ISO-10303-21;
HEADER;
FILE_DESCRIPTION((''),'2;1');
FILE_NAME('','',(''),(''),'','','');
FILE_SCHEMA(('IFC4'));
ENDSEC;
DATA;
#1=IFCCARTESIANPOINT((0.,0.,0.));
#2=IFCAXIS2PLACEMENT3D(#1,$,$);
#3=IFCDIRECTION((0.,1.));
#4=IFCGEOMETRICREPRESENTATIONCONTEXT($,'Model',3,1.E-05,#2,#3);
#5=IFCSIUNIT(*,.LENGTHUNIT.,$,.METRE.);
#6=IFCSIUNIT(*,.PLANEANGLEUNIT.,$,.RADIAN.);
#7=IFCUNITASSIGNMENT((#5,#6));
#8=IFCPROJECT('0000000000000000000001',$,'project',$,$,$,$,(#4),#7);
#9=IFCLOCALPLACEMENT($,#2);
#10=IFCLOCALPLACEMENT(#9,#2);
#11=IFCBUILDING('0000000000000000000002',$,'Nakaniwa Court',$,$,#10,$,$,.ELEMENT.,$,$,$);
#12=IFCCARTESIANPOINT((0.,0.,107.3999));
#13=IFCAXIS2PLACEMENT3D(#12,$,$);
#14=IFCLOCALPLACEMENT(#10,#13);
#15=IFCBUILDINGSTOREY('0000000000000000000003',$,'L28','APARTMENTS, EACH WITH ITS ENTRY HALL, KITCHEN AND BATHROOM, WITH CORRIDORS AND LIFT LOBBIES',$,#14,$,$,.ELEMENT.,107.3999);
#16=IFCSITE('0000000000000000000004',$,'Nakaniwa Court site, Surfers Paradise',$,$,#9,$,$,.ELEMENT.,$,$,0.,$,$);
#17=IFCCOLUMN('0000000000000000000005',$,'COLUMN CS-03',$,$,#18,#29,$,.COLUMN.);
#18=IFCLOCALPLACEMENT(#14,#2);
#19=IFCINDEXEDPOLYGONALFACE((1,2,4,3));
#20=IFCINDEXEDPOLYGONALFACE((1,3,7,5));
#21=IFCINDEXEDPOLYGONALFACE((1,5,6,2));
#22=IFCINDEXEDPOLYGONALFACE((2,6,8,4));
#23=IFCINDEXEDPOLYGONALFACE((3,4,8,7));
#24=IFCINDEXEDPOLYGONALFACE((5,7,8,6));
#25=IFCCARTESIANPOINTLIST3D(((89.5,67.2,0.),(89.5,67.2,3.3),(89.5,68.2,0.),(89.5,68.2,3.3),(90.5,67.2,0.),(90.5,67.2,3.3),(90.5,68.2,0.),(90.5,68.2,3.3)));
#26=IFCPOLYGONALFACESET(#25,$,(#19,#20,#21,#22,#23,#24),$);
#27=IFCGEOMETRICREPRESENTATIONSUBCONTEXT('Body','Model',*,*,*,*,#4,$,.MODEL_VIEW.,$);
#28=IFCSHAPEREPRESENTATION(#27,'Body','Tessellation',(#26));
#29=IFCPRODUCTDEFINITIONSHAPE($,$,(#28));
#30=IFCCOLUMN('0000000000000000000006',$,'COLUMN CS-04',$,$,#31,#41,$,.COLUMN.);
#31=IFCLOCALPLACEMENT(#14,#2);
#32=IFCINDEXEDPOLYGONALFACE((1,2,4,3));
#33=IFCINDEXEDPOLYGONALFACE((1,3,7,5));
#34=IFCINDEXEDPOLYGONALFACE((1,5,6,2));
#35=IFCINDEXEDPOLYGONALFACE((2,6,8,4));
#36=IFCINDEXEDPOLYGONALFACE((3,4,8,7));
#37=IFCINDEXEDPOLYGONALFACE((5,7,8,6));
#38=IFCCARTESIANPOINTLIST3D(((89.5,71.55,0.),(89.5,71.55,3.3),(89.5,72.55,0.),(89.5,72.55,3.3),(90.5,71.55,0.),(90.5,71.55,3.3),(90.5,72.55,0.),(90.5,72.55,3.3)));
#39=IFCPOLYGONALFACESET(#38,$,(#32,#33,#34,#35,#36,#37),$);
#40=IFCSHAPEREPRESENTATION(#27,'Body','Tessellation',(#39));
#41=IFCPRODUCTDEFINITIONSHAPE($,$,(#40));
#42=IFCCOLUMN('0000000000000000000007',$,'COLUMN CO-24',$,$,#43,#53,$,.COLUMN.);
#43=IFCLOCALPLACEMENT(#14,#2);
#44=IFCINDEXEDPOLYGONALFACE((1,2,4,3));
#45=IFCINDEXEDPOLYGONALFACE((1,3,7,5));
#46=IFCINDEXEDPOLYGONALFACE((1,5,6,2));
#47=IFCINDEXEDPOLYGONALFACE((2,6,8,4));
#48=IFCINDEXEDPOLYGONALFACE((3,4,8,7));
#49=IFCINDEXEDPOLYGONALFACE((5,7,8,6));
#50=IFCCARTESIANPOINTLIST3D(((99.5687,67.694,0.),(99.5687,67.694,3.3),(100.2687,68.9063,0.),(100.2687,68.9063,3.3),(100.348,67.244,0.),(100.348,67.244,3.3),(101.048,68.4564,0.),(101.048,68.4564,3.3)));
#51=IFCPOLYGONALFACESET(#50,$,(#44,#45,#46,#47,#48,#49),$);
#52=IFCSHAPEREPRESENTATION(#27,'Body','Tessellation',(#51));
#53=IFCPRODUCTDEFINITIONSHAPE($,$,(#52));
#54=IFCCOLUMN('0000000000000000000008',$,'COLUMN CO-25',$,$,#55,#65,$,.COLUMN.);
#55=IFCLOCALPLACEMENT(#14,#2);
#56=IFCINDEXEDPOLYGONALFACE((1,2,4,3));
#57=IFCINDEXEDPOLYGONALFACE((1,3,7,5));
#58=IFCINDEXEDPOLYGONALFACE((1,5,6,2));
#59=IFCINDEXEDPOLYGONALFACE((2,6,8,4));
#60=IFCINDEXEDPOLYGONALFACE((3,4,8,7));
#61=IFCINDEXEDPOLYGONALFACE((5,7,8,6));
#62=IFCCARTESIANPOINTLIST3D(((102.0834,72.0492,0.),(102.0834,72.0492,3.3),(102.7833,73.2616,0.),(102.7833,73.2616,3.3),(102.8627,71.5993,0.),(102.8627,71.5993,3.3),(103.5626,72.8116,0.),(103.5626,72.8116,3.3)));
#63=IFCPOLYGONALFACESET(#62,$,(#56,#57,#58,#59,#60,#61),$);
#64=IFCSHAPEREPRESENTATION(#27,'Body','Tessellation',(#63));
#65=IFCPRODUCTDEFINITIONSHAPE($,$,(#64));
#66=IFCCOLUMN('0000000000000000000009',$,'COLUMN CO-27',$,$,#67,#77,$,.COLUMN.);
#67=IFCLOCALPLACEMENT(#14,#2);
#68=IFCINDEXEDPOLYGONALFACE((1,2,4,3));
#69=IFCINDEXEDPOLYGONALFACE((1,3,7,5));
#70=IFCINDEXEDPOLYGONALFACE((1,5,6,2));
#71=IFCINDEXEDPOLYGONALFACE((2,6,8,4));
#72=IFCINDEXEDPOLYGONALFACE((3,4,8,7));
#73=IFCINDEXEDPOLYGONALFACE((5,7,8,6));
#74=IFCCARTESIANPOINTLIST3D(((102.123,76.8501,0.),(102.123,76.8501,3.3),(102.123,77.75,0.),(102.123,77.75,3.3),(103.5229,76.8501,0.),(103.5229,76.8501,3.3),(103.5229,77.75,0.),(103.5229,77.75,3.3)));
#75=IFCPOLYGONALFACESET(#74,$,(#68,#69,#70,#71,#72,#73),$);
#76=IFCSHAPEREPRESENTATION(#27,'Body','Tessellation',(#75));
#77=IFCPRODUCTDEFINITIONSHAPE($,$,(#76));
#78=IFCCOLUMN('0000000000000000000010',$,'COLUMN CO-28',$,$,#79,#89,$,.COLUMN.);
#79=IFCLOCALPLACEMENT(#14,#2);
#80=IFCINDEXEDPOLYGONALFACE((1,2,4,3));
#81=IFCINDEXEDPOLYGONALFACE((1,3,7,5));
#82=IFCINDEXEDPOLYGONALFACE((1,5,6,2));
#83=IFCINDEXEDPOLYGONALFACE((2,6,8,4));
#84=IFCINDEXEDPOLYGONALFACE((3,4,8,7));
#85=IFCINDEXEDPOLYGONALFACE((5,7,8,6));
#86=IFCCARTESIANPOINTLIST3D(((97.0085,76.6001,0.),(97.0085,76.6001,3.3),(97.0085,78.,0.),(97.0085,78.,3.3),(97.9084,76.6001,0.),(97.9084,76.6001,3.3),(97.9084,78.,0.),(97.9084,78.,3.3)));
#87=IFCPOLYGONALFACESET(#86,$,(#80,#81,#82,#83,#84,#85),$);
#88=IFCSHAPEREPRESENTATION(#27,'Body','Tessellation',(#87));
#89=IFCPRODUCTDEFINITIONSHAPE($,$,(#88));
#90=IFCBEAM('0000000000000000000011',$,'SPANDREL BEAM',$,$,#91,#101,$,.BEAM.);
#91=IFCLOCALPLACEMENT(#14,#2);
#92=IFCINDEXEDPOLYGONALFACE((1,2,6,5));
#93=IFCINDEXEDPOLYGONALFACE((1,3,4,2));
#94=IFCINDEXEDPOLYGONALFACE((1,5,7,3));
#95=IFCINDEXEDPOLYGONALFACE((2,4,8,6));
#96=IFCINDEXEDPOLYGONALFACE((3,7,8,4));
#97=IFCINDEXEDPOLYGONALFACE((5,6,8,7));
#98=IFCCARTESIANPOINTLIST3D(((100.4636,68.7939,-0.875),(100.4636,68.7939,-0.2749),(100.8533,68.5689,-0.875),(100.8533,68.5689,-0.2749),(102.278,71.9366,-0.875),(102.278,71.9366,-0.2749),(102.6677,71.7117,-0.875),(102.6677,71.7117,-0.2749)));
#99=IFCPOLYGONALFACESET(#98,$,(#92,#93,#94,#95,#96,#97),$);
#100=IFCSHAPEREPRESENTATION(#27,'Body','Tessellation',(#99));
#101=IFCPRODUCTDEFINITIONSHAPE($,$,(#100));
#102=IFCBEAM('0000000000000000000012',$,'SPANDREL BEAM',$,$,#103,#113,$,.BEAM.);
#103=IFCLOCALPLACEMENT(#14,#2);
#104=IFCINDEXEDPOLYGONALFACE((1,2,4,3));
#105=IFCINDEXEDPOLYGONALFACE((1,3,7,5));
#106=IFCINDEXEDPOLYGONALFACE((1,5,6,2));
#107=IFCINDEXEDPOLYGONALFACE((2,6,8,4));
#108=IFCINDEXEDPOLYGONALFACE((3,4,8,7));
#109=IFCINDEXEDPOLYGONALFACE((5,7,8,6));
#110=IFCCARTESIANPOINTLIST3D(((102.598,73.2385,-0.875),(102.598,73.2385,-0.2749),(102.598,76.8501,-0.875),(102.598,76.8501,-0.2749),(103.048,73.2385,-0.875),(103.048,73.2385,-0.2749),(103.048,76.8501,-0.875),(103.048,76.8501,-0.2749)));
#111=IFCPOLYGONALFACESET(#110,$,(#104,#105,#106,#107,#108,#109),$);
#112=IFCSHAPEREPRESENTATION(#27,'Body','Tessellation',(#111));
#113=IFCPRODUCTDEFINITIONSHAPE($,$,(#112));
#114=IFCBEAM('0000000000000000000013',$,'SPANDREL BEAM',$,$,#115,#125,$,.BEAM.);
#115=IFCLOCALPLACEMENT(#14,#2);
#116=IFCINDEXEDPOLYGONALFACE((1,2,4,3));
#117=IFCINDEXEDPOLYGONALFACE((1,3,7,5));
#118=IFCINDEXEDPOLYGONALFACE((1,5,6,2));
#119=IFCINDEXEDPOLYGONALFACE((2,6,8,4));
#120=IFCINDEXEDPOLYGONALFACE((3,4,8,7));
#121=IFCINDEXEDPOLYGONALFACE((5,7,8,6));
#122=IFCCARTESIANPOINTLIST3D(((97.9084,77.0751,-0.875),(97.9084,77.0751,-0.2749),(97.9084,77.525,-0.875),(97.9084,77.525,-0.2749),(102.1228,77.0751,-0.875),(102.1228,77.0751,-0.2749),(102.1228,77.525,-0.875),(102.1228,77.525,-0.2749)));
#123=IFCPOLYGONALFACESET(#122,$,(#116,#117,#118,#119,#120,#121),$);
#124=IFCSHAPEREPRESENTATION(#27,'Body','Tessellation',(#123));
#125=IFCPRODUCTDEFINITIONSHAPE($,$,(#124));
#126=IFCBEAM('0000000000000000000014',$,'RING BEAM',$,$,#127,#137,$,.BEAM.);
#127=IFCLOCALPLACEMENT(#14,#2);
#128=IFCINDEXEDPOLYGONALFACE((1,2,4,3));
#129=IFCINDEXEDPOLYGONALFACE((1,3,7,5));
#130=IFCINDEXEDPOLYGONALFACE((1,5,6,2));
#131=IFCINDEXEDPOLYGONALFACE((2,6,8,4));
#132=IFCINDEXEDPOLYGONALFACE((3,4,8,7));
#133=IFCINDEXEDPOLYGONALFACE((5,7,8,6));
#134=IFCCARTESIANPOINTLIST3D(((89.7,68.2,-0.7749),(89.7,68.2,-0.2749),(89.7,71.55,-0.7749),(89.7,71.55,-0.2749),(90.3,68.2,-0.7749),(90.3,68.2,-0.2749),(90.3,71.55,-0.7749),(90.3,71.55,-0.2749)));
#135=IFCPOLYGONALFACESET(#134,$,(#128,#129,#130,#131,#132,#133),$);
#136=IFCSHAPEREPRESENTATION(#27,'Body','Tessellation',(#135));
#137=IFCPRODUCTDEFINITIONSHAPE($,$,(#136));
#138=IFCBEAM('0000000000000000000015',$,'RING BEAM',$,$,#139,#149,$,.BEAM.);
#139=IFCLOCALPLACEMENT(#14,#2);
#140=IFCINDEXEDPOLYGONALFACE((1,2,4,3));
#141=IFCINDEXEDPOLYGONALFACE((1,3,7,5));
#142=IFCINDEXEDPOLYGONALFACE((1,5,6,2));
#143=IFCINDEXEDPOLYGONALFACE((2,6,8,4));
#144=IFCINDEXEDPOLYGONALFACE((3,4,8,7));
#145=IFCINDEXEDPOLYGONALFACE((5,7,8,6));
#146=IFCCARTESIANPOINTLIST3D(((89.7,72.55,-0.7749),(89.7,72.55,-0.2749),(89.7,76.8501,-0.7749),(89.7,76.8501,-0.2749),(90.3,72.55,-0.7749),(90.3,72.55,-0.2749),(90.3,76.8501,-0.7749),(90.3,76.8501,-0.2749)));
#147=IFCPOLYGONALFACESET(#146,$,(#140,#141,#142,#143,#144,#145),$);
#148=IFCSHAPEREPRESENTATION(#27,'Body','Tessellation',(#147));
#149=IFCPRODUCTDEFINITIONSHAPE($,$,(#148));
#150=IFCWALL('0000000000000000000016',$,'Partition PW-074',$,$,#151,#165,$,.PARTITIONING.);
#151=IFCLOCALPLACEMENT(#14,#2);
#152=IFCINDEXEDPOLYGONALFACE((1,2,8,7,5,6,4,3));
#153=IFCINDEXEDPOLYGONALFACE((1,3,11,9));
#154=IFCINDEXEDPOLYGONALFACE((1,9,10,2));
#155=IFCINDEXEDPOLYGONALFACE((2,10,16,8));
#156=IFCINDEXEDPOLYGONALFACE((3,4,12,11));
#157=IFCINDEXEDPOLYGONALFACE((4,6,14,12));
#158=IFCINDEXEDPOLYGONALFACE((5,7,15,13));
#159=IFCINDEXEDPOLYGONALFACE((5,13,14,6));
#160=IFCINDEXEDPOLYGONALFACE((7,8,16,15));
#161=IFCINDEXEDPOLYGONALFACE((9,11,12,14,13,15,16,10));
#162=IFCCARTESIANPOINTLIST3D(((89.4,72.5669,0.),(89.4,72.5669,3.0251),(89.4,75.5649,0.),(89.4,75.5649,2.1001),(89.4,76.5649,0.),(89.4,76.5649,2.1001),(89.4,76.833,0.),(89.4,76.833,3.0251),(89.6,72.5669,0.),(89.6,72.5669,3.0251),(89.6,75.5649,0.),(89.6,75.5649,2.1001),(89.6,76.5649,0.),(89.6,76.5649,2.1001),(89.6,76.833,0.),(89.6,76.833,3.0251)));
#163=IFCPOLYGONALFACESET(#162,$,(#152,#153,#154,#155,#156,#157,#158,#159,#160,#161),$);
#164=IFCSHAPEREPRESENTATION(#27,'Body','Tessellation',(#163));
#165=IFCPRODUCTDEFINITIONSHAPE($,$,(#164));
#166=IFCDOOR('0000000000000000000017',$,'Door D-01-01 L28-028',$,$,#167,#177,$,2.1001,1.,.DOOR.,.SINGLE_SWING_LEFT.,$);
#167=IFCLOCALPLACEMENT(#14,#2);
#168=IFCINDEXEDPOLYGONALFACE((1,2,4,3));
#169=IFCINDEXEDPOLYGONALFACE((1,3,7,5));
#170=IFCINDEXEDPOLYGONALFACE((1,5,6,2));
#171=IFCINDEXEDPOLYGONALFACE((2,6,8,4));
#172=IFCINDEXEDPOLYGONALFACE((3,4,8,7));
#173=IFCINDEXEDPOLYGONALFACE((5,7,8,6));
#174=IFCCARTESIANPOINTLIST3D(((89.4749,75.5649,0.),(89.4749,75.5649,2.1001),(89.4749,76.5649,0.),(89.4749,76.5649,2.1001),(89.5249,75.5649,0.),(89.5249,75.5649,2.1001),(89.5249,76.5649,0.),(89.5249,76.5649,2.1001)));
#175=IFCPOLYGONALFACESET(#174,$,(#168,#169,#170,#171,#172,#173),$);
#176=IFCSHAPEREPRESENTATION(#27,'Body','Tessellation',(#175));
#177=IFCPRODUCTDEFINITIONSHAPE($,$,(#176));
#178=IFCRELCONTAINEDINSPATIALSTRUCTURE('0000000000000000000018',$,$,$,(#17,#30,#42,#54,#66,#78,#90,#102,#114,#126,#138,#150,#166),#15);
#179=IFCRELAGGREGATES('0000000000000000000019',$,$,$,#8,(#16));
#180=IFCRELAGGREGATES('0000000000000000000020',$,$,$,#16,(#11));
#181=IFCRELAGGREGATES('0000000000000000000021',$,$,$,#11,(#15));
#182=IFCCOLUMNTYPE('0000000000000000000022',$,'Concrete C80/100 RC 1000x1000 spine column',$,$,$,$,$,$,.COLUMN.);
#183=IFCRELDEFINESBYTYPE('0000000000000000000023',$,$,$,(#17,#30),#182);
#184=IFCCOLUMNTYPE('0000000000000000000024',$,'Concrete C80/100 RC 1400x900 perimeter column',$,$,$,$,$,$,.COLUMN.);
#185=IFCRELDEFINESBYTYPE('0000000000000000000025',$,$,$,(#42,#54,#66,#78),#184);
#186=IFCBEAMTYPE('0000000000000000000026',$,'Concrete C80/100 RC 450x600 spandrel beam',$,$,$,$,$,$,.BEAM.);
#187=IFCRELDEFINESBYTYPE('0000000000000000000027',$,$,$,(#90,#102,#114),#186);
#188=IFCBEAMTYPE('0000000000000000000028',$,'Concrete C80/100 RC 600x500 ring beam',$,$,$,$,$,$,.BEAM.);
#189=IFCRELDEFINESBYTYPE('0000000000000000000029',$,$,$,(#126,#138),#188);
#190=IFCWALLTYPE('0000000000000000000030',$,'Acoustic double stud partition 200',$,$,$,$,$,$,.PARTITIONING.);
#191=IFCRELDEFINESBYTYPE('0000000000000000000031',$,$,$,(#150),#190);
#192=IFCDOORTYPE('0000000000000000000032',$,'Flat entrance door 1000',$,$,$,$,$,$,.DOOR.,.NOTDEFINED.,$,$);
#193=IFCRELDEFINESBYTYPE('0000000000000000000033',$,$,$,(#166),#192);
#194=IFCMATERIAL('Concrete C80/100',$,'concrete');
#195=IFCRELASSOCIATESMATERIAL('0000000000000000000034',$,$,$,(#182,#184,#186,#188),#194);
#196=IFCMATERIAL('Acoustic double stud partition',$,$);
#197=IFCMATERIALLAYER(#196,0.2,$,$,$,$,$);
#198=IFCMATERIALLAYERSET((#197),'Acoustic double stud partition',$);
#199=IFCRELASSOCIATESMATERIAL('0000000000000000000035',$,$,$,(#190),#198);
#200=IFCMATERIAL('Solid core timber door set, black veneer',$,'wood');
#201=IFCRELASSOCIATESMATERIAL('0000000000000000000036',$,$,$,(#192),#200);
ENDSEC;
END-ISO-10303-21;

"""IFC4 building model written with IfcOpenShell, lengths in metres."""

from ifc_helpers import new_model, si_unit, direction, frame, frame_2d, origin, origin_2d, place, context, subcontext, project, spatial, rectangle, extrude, material, layer, layer_set, material_profile, profile_set, type_object, element, fill, save


model = new_model("IFC4")

# Units and contexts
model_context = context("Model", 3, precision=1e-05, world=origin(), true_north=direction((0.0, 1.0)))
body_context = subcontext(model_context, "Body", "Model", "MODEL_VIEW")
ifc_project = project(units=[si_unit("LENGTHUNIT", "METRE"), si_unit("PLANEANGLEUNIT", "RADIAN")], contexts=[model_context])

# Site, building, storey
site_placement = place(None, origin())
site = spatial("IfcSite", under=ifc_project, at=site_placement, Name="Nakaniwa Court site, Surfers Paradise", CompositionType="ELEMENT", RefElevation=0.0)
building_placement = place(site_placement, origin())
building = spatial("IfcBuilding", under=site, at=building_placement, Name="Nakaniwa Court", CompositionType="ELEMENT")
storey_placement = place(building_placement, frame((0.0, 0.0, 107.3999)))
storey = spatial("IfcBuildingStorey", under=building, at=storey_placement, Name="L28", Description="APARTMENTS, EACH WITH ITS ENTRY HALL, KITCHEN AND BATHROOM, WITH CORRIDORS AND LIFT LOBBIES", CompositionType="ELEMENT", Elevation=107.3999)

# Columns
ifc_material_1 = material(Name="Concrete C80/100", Category="concrete")
ifc_material_profile_1 = material_profile(ifc_material_1, rectangle(XDim=1.0, YDim=1.0, at=origin_2d()), Name="Concrete C80/100 RC 1000x1000 spine column")
ifc_profile_set_1 = profile_set([ifc_material_profile_1], Name="Concrete C80/100")
column_type_1 = type_object("IfcColumnType", Name="Concrete C80/100 RC 1000x1000 spine column", PredefinedType="COLUMN", material=ifc_profile_set_1)
for number, where, z_axis, x_axis, name in (
    (1, (90.0, 67.7, 0.0), (0.0, 0.0, 1.0), (0.0, 1.0, 0.0), "COLUMN CS-03"),
    (2, (90.0, 72.05, 0.0), (0.0, 0.0, 1.0), (0.0, 1.0, 0.0), "COLUMN CS-04"),
):
    element("IfcColumn", number, at=place(storey_placement, frame(where, z_axis=z_axis, x_axis=x_axis)), inside=storey, type_object=column_type_1, Name=name, PredefinedType="COLUMN", context=body_context, shape_type="SweptSolid", body=[
        extrude(rectangle(XDim=1.0, YDim=1.0, at=origin_2d()), origin(), (0.0, 0.0, 1.0), 3.3),
    ])
ifc_material_profile_2 = material_profile(ifc_material_1, rectangle(XDim=1.3999, YDim=0.8999, at=origin_2d()), Name="Concrete C80/100 RC 1400x900 perimeter column")
ifc_profile_set_2 = profile_set([ifc_material_profile_2], Name="Concrete C80/100")
column_type_2 = type_object("IfcColumnType", Name="Concrete C80/100 RC 1400x900 perimeter column", PredefinedType="COLUMN", material=ifc_profile_set_2)
for number, where, z_axis, x_axis, name in (
    (3, (100.3083, 68.0752, 0.0), (0.0, 0.0, 1.0), (0.5, 0.866025, 0.0), "COLUMN CO-24"),
    (4, (102.823, 72.4304, 0.0), (0.0, 0.0, 1.0), (0.5, 0.866025, 0.0), "COLUMN CO-25"),
    (5, (102.823, 77.3, 0.0), (0.0, 0.0, 1.0), (-1.0, 0.0, 0.0), "COLUMN CO-27"),
    (6, (97.4585, 77.3, 0.0), (0.0, 0.0, 1.0), (0.0, 1.0, 0.0), "COLUMN CO-28"),
):
    element("IfcColumn", number, at=place(storey_placement, frame(where, z_axis=z_axis, x_axis=x_axis)), inside=storey, type_object=column_type_2, Name=name, PredefinedType="COLUMN", context=body_context, shape_type="SweptSolid", body=[
        extrude(rectangle(XDim=1.3999, YDim=0.8999, at=origin_2d()), origin(), (0.0, 0.0, 1.0), 3.3),
    ])

# Beams
ifc_material_profile_3 = material_profile(ifc_material_1, rectangle(XDim=0.45, YDim=0.6001, at=origin_2d()), Name="Concrete C80/100 RC 450x600 spandrel beam")
ifc_profile_set_3 = profile_set([ifc_material_profile_3], Name="Concrete C80/100")
beam_type_1 = type_object("IfcBeamType", Name="Concrete C80/100 RC 450x600 spandrel beam", PredefinedType="BEAM", material=ifc_profile_set_3)
beam_1_placement = place(storey_placement, frame((100.6584, 68.6814, -0.575), z_axis=(0.499988, 0.866032, 0.0), x_axis=(-0.866032, 0.499988, 0.0)))
element("IfcBeam", 7, at=beam_1_placement, inside=storey, type_object=beam_type_1, Name="SPANDREL BEAM", PredefinedType="BEAM", context=body_context, shape_type="SweptSolid", body=[
    extrude(rectangle(XDim=0.45, YDim=0.6001, at=origin_2d()), origin(), (0.0, 0.0, 1.0), 3.6289),
])
beam_2_placement = place(storey_placement, frame((102.823, 73.2385, -0.575), z_axis=(0.0, 1.0, 0.0), x_axis=(-1.0, 0.0, 0.0)))
element("IfcBeam", 8, at=beam_2_placement, inside=storey, type_object=beam_type_1, Name="SPANDREL BEAM", PredefinedType="BEAM", context=body_context, shape_type="SweptSolid", body=[
    extrude(rectangle(XDim=0.45, YDim=0.6001, at=origin_2d()), origin(), (0.0, 0.0, 1.0), 3.6116),
])
beam_3_placement = place(storey_placement, frame((102.1228, 77.3, -0.575), z_axis=(-1.0, 0.0, 0.0), x_axis=(0.0, -1.0, 0.0)))
element("IfcBeam", 9, at=beam_3_placement, inside=storey, type_object=beam_type_1, Name="SPANDREL BEAM", PredefinedType="BEAM", context=body_context, shape_type="SweptSolid", body=[
    extrude(rectangle(XDim=0.45, YDim=0.6001, at=origin_2d()), origin(), (0.0, 0.0, 1.0), 4.2144),
])
ifc_material_profile_4 = material_profile(ifc_material_1, rectangle(XDim=0.6001, YDim=0.5, at=origin_2d()), Name="Concrete C80/100 RC 600x500 ring beam")
ifc_profile_set_4 = profile_set([ifc_material_profile_4], Name="Concrete C80/100")
beam_type_2 = type_object("IfcBeamType", Name="Concrete C80/100 RC 600x500 ring beam", PredefinedType="BEAM", material=ifc_profile_set_4)
beam_4_placement = place(storey_placement, frame((90.0, 68.2, -0.5249), z_axis=(0.0, 1.0, 0.0), x_axis=(-1.0, 0.0, 0.0)))
element("IfcBeam", 10, at=beam_4_placement, inside=storey, type_object=beam_type_2, Name="RING BEAM", PredefinedType="BEAM", context=body_context, shape_type="SweptSolid", body=[
    extrude(rectangle(XDim=0.6001, YDim=0.5, at=origin_2d()), origin(), (0.0, 0.0, 1.0), 3.3501),
])
beam_5_placement = place(storey_placement, frame((90.0, 72.55, -0.5249), z_axis=(0.0, 1.0, 0.0), x_axis=(-1.0, 0.0, 0.0)))
element("IfcBeam", 11, at=beam_5_placement, inside=storey, type_object=beam_type_2, Name="RING BEAM", PredefinedType="BEAM", context=body_context, shape_type="SweptSolid", body=[
    extrude(rectangle(XDim=0.6001, YDim=0.5, at=origin_2d()), origin(), (0.0, 0.0, 1.0), 4.3),
])

# Wall, opening, door
ifc_material_2 = material(Name="Acoustic double stud partition")
ifc_layer_1 = layer(ifc_material_2, 0.2)
ifc_layer_set_1 = layer_set([ifc_layer_1], Name="Acoustic double stud partition")
wall_type_1 = type_object("IfcWallType", Name="Acoustic double stud partition 200", PredefinedType="PARTITIONING", material=ifc_layer_set_1)
wall_1_placement = place(storey_placement, frame((89.5, 76.833, 0.0), z_axis=(0.0, 0.0, 1.0), x_axis=(0.0, -1.0, 0.0)))
wall_1 = element("IfcWall", 12, at=wall_1_placement, inside=storey, type_object=wall_type_1, Name="Partition PW-074", PredefinedType="PARTITIONING", context=body_context, shape_type="SweptSolid", body=[
    extrude(rectangle(XDim=4.2661, YDim=0.2, at=frame_2d((2.1331, 0.0))), origin(), (0.0, 0.0, 1.0), 3.0251),
])
opening_1_placement = place(wall_1_placement, frame((0.2681, 0.0, 0.0)))
opening_1 = element("IfcOpeningElement", 13, at=opening_1_placement, cuts=wall_1, PredefinedType="OPENING", context=body_context, shape_type="SweptSolid", body=[
    extrude(rectangle(XDim=1.0, YDim=2.1001, at=frame_2d((0.5, 1.05))), frame((0.0, 0.1099, 0.0), z_axis=(0.0, -1.0, 0.0), x_axis=(1.0, 0.0, 0.0)), (0.0, 0.0, 1.0), 0.22),
])
ifc_material_3 = material(Name="Solid core timber door set, black veneer", Category="wood")
door_type_1 = type_object("IfcDoorType", Name="Flat entrance door 1000", OperationType="NOTDEFINED", PredefinedType="DOOR", material=ifc_material_3)
door_1_placement = place(opening_1_placement, origin())
door_1 = element("IfcDoor", 14, at=door_1_placement, inside=storey, type_object=door_type_1, Name="Door D-01-01 L28-028", OperationType="SINGLE_SWING_LEFT", OverallHeight=2.1001, OverallWidth=1.0, PredefinedType="DOOR", context=body_context, shape_type="SweptSolid", body=[
    extrude(rectangle(XDim=1.0, YDim=2.1001, at=frame_2d((0.5, 1.05))), frame((0.0, 0.0249, 0.0), z_axis=(0.0, -1.0, 0.0), x_axis=(1.0, 0.0, 0.0)), (0.0, 0.0, 1.0), 0.05),
])
fill(opening_1, door_1)

save(model, "model.ifc")
